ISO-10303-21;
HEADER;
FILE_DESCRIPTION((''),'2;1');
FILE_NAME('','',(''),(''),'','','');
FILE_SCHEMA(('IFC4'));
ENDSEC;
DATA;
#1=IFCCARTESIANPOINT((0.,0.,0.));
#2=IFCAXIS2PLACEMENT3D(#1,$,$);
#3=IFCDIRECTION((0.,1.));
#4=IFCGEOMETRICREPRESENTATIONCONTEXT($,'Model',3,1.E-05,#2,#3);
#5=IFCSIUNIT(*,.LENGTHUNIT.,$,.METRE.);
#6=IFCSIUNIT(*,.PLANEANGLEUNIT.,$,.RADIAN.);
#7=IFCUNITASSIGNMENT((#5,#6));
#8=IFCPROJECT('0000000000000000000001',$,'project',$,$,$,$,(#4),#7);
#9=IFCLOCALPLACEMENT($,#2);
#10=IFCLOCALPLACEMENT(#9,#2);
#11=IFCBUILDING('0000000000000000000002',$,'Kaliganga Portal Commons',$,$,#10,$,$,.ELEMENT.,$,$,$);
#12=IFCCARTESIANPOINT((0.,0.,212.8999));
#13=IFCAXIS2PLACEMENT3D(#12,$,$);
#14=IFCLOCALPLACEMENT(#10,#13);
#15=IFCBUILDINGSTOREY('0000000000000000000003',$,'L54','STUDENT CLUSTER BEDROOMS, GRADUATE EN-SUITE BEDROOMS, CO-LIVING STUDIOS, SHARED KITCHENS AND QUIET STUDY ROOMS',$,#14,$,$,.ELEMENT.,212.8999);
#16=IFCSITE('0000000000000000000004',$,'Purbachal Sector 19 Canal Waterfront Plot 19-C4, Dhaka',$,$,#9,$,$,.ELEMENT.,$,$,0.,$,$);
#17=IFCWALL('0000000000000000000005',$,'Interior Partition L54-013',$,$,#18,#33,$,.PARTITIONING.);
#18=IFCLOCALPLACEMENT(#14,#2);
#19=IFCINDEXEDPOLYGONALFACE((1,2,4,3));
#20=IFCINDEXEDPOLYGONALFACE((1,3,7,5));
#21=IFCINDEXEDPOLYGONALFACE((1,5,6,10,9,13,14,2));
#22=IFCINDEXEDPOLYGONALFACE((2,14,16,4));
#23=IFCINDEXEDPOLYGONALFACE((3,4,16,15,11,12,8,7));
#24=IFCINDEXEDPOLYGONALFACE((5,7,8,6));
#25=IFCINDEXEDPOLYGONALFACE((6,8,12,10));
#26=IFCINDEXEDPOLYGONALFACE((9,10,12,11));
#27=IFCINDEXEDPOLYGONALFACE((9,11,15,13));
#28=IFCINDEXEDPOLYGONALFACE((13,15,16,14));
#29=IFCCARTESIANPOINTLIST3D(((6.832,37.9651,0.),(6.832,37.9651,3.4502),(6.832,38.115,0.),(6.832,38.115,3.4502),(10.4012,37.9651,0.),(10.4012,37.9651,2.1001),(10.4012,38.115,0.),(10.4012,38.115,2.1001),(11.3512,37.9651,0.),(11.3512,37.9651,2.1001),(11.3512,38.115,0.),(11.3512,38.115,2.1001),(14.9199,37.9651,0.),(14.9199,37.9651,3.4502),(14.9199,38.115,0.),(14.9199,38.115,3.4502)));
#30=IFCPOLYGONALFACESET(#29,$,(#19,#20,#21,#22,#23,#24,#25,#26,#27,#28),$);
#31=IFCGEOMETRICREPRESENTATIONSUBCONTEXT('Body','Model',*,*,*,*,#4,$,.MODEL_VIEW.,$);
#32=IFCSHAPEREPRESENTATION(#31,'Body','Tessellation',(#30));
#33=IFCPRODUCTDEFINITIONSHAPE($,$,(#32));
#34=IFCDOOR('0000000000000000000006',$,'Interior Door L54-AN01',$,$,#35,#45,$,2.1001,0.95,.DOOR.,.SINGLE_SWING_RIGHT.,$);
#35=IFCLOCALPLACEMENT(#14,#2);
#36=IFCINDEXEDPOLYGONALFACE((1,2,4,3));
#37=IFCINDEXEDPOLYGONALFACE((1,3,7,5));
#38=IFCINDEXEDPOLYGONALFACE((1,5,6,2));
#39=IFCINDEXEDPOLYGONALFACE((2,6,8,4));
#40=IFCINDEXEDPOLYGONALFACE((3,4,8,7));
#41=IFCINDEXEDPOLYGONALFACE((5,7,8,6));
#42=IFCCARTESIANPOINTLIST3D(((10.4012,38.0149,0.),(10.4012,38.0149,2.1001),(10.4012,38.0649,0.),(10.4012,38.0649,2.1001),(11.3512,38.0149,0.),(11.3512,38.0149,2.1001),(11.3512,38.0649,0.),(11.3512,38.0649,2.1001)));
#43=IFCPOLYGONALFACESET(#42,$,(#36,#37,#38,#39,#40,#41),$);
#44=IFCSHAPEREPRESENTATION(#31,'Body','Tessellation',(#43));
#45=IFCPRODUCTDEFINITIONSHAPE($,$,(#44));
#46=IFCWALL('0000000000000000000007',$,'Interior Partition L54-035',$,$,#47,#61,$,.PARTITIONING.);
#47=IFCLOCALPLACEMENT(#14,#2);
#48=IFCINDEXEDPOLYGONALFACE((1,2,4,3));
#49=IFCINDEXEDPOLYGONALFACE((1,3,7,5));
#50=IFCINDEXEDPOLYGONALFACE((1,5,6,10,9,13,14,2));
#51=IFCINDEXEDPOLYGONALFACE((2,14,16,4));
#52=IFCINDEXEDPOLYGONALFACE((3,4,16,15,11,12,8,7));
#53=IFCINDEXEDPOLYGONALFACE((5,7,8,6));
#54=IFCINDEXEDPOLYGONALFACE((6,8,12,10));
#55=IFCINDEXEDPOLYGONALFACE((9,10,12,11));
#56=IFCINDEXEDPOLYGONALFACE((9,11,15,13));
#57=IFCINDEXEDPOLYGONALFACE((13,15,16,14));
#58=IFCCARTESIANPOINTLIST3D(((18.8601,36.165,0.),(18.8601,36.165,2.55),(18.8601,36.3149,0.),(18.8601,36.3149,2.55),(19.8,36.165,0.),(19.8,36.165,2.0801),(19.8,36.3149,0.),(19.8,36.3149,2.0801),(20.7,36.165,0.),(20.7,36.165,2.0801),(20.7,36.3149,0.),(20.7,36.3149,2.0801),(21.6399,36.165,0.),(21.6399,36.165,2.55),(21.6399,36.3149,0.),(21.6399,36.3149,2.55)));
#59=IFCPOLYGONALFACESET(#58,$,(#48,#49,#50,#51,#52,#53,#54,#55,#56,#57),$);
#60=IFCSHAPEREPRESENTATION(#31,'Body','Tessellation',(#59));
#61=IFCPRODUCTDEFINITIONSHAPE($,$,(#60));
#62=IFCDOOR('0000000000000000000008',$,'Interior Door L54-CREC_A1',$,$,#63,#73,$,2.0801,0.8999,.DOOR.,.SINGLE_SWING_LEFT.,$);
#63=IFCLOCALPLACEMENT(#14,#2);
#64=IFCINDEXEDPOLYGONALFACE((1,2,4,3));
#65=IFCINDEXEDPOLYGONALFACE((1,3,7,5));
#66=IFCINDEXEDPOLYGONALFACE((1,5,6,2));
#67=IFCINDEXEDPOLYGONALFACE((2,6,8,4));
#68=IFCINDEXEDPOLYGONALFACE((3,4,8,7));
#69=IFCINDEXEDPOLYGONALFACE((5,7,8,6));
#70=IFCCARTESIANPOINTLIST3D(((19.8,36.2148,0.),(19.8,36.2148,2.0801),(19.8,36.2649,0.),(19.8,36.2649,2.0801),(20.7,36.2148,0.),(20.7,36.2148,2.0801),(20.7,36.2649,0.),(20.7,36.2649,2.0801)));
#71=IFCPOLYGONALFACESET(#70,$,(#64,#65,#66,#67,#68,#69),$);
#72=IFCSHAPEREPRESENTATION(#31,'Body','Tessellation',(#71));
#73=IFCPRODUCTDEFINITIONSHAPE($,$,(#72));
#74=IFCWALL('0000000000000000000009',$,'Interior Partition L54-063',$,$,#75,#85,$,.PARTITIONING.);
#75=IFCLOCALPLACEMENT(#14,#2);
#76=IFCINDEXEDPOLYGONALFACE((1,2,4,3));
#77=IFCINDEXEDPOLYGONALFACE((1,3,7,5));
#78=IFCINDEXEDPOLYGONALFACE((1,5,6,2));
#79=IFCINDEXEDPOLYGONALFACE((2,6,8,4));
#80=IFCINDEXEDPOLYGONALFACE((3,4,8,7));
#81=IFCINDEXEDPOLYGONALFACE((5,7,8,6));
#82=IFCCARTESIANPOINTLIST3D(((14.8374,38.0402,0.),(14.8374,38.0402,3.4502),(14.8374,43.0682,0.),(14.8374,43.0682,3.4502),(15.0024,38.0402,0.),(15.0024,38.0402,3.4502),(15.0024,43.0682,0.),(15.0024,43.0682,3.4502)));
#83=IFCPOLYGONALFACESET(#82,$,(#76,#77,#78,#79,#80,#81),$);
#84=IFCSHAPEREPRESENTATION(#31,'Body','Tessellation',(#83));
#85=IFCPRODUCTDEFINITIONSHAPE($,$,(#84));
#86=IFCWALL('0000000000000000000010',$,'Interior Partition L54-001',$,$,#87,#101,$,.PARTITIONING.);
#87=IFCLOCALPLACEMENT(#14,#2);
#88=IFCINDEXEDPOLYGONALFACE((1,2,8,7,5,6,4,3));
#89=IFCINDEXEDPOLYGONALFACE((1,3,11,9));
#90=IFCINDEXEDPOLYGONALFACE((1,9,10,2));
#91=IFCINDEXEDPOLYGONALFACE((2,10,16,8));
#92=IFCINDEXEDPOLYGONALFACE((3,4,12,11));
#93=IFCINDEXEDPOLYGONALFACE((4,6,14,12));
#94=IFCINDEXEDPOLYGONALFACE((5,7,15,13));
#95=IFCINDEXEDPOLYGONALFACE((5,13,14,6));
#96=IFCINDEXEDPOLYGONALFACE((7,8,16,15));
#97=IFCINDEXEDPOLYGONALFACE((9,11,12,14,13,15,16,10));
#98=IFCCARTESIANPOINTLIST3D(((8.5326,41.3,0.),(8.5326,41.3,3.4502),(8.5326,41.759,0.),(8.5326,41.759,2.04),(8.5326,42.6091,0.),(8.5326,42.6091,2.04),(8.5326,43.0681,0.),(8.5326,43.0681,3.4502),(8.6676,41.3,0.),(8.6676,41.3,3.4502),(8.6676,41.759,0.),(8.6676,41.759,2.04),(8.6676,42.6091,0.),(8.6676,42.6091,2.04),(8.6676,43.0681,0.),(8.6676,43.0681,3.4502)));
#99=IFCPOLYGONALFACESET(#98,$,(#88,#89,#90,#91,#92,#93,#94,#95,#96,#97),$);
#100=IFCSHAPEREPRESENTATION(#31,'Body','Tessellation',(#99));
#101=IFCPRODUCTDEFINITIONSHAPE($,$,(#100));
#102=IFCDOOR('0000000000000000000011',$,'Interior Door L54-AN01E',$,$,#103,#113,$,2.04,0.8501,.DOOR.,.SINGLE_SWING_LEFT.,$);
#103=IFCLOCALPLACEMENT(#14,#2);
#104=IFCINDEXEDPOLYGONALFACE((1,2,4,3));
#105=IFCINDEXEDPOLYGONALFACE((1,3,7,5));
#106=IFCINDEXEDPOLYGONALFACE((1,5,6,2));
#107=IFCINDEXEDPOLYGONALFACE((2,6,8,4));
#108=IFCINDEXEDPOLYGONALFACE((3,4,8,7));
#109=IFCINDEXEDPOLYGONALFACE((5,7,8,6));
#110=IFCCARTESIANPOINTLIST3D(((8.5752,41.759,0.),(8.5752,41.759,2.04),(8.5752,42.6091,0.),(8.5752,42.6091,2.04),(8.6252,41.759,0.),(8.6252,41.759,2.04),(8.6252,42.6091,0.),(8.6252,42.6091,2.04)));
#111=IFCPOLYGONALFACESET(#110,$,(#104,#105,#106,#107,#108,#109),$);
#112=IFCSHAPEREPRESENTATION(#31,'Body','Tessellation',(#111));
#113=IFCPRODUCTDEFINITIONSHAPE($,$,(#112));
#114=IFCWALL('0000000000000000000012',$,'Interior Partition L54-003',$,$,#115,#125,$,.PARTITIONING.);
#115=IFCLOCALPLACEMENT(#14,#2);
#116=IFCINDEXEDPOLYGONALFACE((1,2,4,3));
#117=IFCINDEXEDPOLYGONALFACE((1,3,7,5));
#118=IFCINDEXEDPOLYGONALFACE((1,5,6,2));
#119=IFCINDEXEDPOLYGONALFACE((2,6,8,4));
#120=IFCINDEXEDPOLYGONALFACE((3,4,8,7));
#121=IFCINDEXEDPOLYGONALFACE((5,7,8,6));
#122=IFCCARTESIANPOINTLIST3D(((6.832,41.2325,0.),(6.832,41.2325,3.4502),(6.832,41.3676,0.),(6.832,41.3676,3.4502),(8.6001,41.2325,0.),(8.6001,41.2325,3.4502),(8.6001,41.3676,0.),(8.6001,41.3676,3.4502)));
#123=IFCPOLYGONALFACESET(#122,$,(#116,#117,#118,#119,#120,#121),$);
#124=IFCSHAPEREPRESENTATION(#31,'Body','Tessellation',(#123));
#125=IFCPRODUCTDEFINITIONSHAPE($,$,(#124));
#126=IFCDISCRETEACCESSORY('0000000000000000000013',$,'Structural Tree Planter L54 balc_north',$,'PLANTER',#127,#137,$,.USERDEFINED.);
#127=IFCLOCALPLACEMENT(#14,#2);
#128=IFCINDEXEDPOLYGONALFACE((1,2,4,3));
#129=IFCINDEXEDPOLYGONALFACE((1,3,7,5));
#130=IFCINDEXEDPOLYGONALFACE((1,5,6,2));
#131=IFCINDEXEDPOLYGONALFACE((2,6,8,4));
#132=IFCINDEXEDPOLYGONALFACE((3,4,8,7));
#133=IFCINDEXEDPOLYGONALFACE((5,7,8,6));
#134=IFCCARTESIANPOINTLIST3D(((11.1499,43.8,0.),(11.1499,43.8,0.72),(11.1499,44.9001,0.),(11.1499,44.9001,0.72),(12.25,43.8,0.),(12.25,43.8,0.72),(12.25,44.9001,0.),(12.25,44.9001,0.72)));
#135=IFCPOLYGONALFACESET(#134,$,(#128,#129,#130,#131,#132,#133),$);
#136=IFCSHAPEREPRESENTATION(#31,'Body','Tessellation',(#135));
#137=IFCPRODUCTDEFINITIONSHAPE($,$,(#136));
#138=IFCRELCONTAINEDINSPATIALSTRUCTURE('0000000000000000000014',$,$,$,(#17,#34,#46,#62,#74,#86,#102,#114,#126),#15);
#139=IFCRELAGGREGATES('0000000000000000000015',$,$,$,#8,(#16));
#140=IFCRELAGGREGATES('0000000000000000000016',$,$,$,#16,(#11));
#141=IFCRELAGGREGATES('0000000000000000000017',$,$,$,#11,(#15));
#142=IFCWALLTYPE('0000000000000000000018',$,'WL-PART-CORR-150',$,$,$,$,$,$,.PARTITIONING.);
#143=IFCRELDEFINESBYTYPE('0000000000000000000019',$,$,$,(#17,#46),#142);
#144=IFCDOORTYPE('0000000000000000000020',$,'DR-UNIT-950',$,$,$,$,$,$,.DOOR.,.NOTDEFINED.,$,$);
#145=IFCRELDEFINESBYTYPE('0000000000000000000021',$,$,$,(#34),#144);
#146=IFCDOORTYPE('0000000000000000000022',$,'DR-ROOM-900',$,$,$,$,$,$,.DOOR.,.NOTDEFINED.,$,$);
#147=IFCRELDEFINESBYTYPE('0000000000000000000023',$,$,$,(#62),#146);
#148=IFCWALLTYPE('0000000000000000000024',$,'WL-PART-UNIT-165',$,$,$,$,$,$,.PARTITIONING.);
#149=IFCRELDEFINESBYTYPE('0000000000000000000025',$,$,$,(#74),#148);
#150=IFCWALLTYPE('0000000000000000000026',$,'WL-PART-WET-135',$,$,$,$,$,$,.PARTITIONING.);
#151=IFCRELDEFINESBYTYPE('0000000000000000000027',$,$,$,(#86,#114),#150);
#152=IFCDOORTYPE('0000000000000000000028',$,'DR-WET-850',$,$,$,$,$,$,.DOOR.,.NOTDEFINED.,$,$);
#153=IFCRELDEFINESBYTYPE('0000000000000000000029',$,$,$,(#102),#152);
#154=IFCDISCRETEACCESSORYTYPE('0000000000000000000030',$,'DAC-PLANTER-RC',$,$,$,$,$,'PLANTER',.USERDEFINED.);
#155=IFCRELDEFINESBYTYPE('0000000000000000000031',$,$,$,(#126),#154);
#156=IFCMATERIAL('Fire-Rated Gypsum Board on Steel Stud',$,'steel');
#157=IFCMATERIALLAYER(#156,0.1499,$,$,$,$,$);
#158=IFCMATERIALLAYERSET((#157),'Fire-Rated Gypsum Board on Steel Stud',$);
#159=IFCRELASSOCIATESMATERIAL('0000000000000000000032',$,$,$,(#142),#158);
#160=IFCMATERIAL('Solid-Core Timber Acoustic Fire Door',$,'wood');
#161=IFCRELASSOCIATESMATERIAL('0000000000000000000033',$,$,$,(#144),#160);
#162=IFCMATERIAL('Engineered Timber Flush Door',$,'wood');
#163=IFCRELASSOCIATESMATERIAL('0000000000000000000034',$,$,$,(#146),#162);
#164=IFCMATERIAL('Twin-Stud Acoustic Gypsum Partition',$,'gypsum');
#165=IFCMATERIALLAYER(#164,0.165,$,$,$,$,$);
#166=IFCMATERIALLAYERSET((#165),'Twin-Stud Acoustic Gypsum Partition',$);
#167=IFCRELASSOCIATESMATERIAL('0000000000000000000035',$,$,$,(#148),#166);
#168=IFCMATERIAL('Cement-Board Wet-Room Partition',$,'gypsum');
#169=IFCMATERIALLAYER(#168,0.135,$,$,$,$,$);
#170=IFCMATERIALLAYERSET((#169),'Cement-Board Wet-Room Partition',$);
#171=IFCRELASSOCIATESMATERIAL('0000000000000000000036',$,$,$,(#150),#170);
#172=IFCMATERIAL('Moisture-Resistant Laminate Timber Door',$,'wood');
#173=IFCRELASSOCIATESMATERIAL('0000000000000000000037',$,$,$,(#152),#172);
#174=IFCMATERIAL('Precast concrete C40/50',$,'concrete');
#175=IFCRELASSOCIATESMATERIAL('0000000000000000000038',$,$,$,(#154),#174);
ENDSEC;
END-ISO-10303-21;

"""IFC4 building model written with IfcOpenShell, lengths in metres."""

from ifc_helpers import new_model, si_unit, direction, frame, frame_2d, origin, origin_2d, place, context, subcontext, project, spatial, rectangle, extrude, source, transform, mapped, material, layer, layer_set, type_object, element, fill, save


model = new_model("IFC4")

# Units and contexts
model_context = context("Model", 3, precision=1e-05, world=origin(), true_north=direction((0.0, 1.0)))
body_context = subcontext(model_context, "Body", "Model", "MODEL_VIEW")
ifc_project = project(units=[si_unit("LENGTHUNIT", "METRE"), si_unit("PLANEANGLEUNIT", "RADIAN")], contexts=[model_context])

# Site, building, storey
site_placement = place(None, origin())
site = spatial("IfcSite", under=ifc_project, at=site_placement, Name="Purbachal Sector 19 Canal Waterfront Plot 19-C4, Dhaka", CompositionType="ELEMENT", RefElevation=0.0)
building_placement = place(site_placement, origin())
building = spatial("IfcBuilding", under=site, at=building_placement, Name="Kaliganga Portal Commons", CompositionType="ELEMENT")
storey_placement = place(building_placement, frame((0.0, 0.0, 212.8999)))
storey = spatial("IfcBuildingStorey", under=building, at=storey_placement, Name="L54", Description="STUDENT CLUSTER BEDROOMS, GRADUATE EN-SUITE BEDROOMS, CO-LIVING STUDIOS, SHARED KITCHENS AND QUIET STUDY ROOMS", CompositionType="ELEMENT", Elevation=212.8999)

# Walls, openings, doors
ifc_material_1 = material(Name="Fire-Rated Gypsum Board on Steel Stud", Category="steel")
ifc_layer_1 = layer(ifc_material_1, 0.1499)
ifc_layer_set_1 = layer_set([ifc_layer_1], Name="Fire-Rated Gypsum Board on Steel Stud")
wall_type_1 = type_object("IfcWallType", Name="WL-PART-CORR-150", PredefinedType="PARTITIONING", material=ifc_layer_set_1)
wall_1_placement = place(storey_placement, frame((6.832, 38.04, 0.0), z_axis=(0.0, 0.0, 1.0), x_axis=(1.0, 0.0, 0.0)))
wall_1 = element("IfcWall", 1, at=wall_1_placement, inside=storey, type_object=wall_type_1, Name="Interior Partition L54-013", PredefinedType="PARTITIONING", context=body_context, shape_type="SweptSolid", body=[
    extrude(rectangle(XDim=8.0879, YDim=0.1499, at=frame_2d((4.0439, 0.0))), origin(), (0.0, 0.0, 1.0), 3.4502),
])
opening_1_placement = place(wall_1_placement, frame((3.5691, 0.0, 0.0)))
opening_1 = element("IfcOpeningElement", 2, at=opening_1_placement, cuts=wall_1, PredefinedType="OPENING", context=body_context, shape_type="SweptSolid", body=[
    extrude(rectangle(XDim=0.95, YDim=2.1001, at=frame_2d((0.4751, 1.05))), frame((0.0, 0.085, 0.0), z_axis=(0.0, -1.0, 0.0), x_axis=(1.0, 0.0, 0.0)), (0.0, 0.0, 1.0), 0.1699),
])
ifc_material_2 = material(Name="Solid-Core Timber Acoustic Fire Door", Category="wood")
door_type_1 = type_object("IfcDoorType", Name="DR-UNIT-950", OperationType="NOTDEFINED", PredefinedType="DOOR", material=ifc_material_2)
door_1_placement = place(opening_1_placement, origin())
door_1 = element("IfcDoor", 3, at=door_1_placement, inside=storey, type_object=door_type_1, Name="Interior Door L54-AN01", OperationType="SINGLE_SWING_RIGHT", OverallHeight=2.1001, OverallWidth=0.95, PredefinedType="DOOR", context=body_context, shape_type="SweptSolid", body=[
    extrude(rectangle(XDim=0.95, YDim=2.1001, at=frame_2d((0.4751, 1.05))), frame((0.0, 0.0249, 0.0), z_axis=(0.0, -1.0, 0.0), x_axis=(1.0, 0.0, 0.0)), (0.0, 0.0, 1.0), 0.05),
])
fill(opening_1, door_1)
wall_2_placement = place(storey_placement, frame((18.8601, 36.24, 0.0), z_axis=(0.0, 0.0, 1.0), x_axis=(1.0, 0.0, 0.0)))
wall_2 = element("IfcWall", 4, at=wall_2_placement, inside=storey, type_object=wall_type_1, Name="Interior Partition L54-035", PredefinedType="PARTITIONING", context=body_context, shape_type="SweptSolid", body=[
    extrude(rectangle(XDim=2.7798, YDim=0.1499, at=frame_2d((1.3899, 0.0))), origin(), (0.0, 0.0, 1.0), 2.55),
])
opening_2_placement = place(wall_2_placement, frame((0.9399, 0.0, 0.0)))
opening_2 = element("IfcOpeningElement", 5, at=opening_2_placement, cuts=wall_2, PredefinedType="OPENING", context=body_context, shape_type="SweptSolid", body=[
    extrude(rectangle(XDim=0.8999, YDim=2.0801, at=frame_2d((0.45, 1.04))), frame((0.0, 0.085, 0.0), z_axis=(0.0, -1.0, 0.0), x_axis=(1.0, 0.0, 0.0)), (0.0, 0.0, 1.0), 0.1699),
])
ifc_material_3 = material(Name="Engineered Timber Flush Door", Category="wood")
door_type_2 = type_object("IfcDoorType", Name="DR-ROOM-900", OperationType="NOTDEFINED", PredefinedType="DOOR", material=ifc_material_3)
door_2_placement = place(opening_2_placement, origin())
door_2 = element("IfcDoor", 6, at=door_2_placement, inside=storey, type_object=door_type_2, Name="Interior Door L54-CREC_A1", OperationType="SINGLE_SWING_LEFT", OverallHeight=2.0801, OverallWidth=0.8999, PredefinedType="DOOR", context=body_context, shape_type="SweptSolid", body=[
    extrude(rectangle(XDim=0.8999, YDim=2.0801, at=frame_2d((0.45, 1.04))), frame((0.0, 0.0249, 0.0), z_axis=(0.0, -1.0, 0.0), x_axis=(1.0, 0.0, 0.0)), (0.0, 0.0, 1.0), 0.05),
])
fill(opening_2, door_2)

# Wall
ifc_material_4 = material(Name="Twin-Stud Acoustic Gypsum Partition", Category="gypsum")
ifc_layer_2 = layer(ifc_material_4, 0.165)
ifc_layer_set_2 = layer_set([ifc_layer_2], Name="Twin-Stud Acoustic Gypsum Partition")
wall_type_2 = type_object("IfcWallType", Name="WL-PART-UNIT-165", PredefinedType="PARTITIONING", material=ifc_layer_set_2)
wall_3_placement = place(storey_placement, frame((14.9199, 38.04, 0.0), z_axis=(0.0, 0.0, 1.0), x_axis=(0.0, 1.0, 0.0)))
element("IfcWall", 7, at=wall_3_placement, inside=storey, type_object=wall_type_2, Name="Interior Partition L54-063", PredefinedType="PARTITIONING", context=body_context, shape_type="SweptSolid", body=[
    extrude(rectangle(XDim=5.0281, YDim=0.165, at=frame_2d((2.5142, 0.0))), origin(), (0.0, 0.0, 1.0), 3.4502),
])

# Wall, opening, door
ifc_material_5 = material(Name="Cement-Board Wet-Room Partition", Category="gypsum")
ifc_layer_3 = layer(ifc_material_5, 0.135)
ifc_layer_set_3 = layer_set([ifc_layer_3], Name="Cement-Board Wet-Room Partition")
wall_type_3 = type_object("IfcWallType", Name="WL-PART-WET-135", PredefinedType="PARTITIONING", material=ifc_layer_set_3)
wall_4_placement = place(storey_placement, frame((8.6001, 41.3, 0.0), z_axis=(0.0, 0.0, 1.0), x_axis=(0.0, 1.0, 0.0)))
wall_4 = element("IfcWall", 8, at=wall_4_placement, inside=storey, type_object=wall_type_3, Name="Interior Partition L54-001", PredefinedType="PARTITIONING", context=body_context, shape_type="SweptSolid", body=[
    extrude(rectangle(XDim=1.7681, YDim=0.135, at=frame_2d((0.884, 0.0))), origin(), (0.0, 0.0, 1.0), 3.4502),
])
opening_3_placement = place(wall_4_placement, frame((0.459, 0.0, 0.0)))
opening_3 = element("IfcOpeningElement", 9, at=opening_3_placement, cuts=wall_4, PredefinedType="OPENING", context=body_context, shape_type="SweptSolid", body=[
    extrude(rectangle(XDim=0.8501, YDim=2.04, at=frame_2d((0.425, 1.02))), frame((0.0, 0.0776, 0.0), z_axis=(0.0, -1.0, 0.0), x_axis=(1.0, 0.0, 0.0)), (0.0, 0.0, 1.0), 0.155),
])
ifc_material_6 = material(Name="Moisture-Resistant Laminate Timber Door", Category="wood")
door_type_3 = type_object("IfcDoorType", Name="DR-WET-850", OperationType="NOTDEFINED", PredefinedType="DOOR", material=ifc_material_6)
door_3_placement = place(opening_3_placement, origin())
door_3 = element("IfcDoor", 10, at=door_3_placement, inside=storey, type_object=door_type_3, Name="Interior Door L54-AN01E", OperationType="SINGLE_SWING_LEFT", OverallHeight=2.04, OverallWidth=0.8501, PredefinedType="DOOR", context=body_context, shape_type="SweptSolid", body=[
    extrude(rectangle(XDim=0.8501, YDim=2.04, at=frame_2d((0.425, 1.02))), frame((0.0, 0.0249, 0.0), z_axis=(0.0, -1.0, 0.0), x_axis=(1.0, 0.0, 0.0)), (0.0, 0.0, 1.0), 0.05),
])
fill(opening_3, door_3)

# Wall
wall_5_placement = place(storey_placement, frame((6.832, 41.3, 0.0), z_axis=(0.0, 0.0, 1.0), x_axis=(1.0, 0.0, 0.0)))
element("IfcWall", 11, at=wall_5_placement, inside=storey, type_object=wall_type_3, Name="Interior Partition L54-003", PredefinedType="PARTITIONING", context=body_context, shape_type="SweptSolid", body=[
    extrude(rectangle(XDim=1.7681, YDim=0.135, at=frame_2d((0.884, 0.0))), origin(), (0.0, 0.0, 1.0), 3.4502),
])

# Discrete accessory
ifc_material_7 = material(Name="Precast concrete C40/50", Category="concrete")
discrete_accessory_type = type_object("IfcDiscreteAccessoryType", Name="DAC-PLANTER-RC", ElementType="PLANTER", PredefinedType="USERDEFINED", material=ifc_material_7)
shared_shape_1 = source(origin(), body_context, "Body", "SweptSolid", [
    extrude(rectangle(XDim=1.1001, YDim=1.1001, at=origin_2d()), origin(), (0.0, 0.0, 1.0), 0.72),
])
discrete_accessory_placement = place(storey_placement, frame((11.7, 44.3501, 0.0), z_axis=(0.0, 0.0, 1.0), x_axis=(1.0, 0.0, 0.0)))
element("IfcDiscreteAccessory", 12, at=discrete_accessory_placement, inside=storey, type_object=discrete_accessory_type, Name="Structural Tree Planter L54 balc_north", ObjectType="PLANTER", PredefinedType="USERDEFINED", context=body_context, shape_type="MappedRepresentation", body=[
    mapped(shared_shape_1, transform((0.0, 0.0, 0.0), x_axis=(1.0, 0.0, 0.0), y_axis=(0.0, 1.0, 0.0), z_axis=(0.0, 0.0, 1.0), scale=1.0)),
])

save(model, "model.ifc")
